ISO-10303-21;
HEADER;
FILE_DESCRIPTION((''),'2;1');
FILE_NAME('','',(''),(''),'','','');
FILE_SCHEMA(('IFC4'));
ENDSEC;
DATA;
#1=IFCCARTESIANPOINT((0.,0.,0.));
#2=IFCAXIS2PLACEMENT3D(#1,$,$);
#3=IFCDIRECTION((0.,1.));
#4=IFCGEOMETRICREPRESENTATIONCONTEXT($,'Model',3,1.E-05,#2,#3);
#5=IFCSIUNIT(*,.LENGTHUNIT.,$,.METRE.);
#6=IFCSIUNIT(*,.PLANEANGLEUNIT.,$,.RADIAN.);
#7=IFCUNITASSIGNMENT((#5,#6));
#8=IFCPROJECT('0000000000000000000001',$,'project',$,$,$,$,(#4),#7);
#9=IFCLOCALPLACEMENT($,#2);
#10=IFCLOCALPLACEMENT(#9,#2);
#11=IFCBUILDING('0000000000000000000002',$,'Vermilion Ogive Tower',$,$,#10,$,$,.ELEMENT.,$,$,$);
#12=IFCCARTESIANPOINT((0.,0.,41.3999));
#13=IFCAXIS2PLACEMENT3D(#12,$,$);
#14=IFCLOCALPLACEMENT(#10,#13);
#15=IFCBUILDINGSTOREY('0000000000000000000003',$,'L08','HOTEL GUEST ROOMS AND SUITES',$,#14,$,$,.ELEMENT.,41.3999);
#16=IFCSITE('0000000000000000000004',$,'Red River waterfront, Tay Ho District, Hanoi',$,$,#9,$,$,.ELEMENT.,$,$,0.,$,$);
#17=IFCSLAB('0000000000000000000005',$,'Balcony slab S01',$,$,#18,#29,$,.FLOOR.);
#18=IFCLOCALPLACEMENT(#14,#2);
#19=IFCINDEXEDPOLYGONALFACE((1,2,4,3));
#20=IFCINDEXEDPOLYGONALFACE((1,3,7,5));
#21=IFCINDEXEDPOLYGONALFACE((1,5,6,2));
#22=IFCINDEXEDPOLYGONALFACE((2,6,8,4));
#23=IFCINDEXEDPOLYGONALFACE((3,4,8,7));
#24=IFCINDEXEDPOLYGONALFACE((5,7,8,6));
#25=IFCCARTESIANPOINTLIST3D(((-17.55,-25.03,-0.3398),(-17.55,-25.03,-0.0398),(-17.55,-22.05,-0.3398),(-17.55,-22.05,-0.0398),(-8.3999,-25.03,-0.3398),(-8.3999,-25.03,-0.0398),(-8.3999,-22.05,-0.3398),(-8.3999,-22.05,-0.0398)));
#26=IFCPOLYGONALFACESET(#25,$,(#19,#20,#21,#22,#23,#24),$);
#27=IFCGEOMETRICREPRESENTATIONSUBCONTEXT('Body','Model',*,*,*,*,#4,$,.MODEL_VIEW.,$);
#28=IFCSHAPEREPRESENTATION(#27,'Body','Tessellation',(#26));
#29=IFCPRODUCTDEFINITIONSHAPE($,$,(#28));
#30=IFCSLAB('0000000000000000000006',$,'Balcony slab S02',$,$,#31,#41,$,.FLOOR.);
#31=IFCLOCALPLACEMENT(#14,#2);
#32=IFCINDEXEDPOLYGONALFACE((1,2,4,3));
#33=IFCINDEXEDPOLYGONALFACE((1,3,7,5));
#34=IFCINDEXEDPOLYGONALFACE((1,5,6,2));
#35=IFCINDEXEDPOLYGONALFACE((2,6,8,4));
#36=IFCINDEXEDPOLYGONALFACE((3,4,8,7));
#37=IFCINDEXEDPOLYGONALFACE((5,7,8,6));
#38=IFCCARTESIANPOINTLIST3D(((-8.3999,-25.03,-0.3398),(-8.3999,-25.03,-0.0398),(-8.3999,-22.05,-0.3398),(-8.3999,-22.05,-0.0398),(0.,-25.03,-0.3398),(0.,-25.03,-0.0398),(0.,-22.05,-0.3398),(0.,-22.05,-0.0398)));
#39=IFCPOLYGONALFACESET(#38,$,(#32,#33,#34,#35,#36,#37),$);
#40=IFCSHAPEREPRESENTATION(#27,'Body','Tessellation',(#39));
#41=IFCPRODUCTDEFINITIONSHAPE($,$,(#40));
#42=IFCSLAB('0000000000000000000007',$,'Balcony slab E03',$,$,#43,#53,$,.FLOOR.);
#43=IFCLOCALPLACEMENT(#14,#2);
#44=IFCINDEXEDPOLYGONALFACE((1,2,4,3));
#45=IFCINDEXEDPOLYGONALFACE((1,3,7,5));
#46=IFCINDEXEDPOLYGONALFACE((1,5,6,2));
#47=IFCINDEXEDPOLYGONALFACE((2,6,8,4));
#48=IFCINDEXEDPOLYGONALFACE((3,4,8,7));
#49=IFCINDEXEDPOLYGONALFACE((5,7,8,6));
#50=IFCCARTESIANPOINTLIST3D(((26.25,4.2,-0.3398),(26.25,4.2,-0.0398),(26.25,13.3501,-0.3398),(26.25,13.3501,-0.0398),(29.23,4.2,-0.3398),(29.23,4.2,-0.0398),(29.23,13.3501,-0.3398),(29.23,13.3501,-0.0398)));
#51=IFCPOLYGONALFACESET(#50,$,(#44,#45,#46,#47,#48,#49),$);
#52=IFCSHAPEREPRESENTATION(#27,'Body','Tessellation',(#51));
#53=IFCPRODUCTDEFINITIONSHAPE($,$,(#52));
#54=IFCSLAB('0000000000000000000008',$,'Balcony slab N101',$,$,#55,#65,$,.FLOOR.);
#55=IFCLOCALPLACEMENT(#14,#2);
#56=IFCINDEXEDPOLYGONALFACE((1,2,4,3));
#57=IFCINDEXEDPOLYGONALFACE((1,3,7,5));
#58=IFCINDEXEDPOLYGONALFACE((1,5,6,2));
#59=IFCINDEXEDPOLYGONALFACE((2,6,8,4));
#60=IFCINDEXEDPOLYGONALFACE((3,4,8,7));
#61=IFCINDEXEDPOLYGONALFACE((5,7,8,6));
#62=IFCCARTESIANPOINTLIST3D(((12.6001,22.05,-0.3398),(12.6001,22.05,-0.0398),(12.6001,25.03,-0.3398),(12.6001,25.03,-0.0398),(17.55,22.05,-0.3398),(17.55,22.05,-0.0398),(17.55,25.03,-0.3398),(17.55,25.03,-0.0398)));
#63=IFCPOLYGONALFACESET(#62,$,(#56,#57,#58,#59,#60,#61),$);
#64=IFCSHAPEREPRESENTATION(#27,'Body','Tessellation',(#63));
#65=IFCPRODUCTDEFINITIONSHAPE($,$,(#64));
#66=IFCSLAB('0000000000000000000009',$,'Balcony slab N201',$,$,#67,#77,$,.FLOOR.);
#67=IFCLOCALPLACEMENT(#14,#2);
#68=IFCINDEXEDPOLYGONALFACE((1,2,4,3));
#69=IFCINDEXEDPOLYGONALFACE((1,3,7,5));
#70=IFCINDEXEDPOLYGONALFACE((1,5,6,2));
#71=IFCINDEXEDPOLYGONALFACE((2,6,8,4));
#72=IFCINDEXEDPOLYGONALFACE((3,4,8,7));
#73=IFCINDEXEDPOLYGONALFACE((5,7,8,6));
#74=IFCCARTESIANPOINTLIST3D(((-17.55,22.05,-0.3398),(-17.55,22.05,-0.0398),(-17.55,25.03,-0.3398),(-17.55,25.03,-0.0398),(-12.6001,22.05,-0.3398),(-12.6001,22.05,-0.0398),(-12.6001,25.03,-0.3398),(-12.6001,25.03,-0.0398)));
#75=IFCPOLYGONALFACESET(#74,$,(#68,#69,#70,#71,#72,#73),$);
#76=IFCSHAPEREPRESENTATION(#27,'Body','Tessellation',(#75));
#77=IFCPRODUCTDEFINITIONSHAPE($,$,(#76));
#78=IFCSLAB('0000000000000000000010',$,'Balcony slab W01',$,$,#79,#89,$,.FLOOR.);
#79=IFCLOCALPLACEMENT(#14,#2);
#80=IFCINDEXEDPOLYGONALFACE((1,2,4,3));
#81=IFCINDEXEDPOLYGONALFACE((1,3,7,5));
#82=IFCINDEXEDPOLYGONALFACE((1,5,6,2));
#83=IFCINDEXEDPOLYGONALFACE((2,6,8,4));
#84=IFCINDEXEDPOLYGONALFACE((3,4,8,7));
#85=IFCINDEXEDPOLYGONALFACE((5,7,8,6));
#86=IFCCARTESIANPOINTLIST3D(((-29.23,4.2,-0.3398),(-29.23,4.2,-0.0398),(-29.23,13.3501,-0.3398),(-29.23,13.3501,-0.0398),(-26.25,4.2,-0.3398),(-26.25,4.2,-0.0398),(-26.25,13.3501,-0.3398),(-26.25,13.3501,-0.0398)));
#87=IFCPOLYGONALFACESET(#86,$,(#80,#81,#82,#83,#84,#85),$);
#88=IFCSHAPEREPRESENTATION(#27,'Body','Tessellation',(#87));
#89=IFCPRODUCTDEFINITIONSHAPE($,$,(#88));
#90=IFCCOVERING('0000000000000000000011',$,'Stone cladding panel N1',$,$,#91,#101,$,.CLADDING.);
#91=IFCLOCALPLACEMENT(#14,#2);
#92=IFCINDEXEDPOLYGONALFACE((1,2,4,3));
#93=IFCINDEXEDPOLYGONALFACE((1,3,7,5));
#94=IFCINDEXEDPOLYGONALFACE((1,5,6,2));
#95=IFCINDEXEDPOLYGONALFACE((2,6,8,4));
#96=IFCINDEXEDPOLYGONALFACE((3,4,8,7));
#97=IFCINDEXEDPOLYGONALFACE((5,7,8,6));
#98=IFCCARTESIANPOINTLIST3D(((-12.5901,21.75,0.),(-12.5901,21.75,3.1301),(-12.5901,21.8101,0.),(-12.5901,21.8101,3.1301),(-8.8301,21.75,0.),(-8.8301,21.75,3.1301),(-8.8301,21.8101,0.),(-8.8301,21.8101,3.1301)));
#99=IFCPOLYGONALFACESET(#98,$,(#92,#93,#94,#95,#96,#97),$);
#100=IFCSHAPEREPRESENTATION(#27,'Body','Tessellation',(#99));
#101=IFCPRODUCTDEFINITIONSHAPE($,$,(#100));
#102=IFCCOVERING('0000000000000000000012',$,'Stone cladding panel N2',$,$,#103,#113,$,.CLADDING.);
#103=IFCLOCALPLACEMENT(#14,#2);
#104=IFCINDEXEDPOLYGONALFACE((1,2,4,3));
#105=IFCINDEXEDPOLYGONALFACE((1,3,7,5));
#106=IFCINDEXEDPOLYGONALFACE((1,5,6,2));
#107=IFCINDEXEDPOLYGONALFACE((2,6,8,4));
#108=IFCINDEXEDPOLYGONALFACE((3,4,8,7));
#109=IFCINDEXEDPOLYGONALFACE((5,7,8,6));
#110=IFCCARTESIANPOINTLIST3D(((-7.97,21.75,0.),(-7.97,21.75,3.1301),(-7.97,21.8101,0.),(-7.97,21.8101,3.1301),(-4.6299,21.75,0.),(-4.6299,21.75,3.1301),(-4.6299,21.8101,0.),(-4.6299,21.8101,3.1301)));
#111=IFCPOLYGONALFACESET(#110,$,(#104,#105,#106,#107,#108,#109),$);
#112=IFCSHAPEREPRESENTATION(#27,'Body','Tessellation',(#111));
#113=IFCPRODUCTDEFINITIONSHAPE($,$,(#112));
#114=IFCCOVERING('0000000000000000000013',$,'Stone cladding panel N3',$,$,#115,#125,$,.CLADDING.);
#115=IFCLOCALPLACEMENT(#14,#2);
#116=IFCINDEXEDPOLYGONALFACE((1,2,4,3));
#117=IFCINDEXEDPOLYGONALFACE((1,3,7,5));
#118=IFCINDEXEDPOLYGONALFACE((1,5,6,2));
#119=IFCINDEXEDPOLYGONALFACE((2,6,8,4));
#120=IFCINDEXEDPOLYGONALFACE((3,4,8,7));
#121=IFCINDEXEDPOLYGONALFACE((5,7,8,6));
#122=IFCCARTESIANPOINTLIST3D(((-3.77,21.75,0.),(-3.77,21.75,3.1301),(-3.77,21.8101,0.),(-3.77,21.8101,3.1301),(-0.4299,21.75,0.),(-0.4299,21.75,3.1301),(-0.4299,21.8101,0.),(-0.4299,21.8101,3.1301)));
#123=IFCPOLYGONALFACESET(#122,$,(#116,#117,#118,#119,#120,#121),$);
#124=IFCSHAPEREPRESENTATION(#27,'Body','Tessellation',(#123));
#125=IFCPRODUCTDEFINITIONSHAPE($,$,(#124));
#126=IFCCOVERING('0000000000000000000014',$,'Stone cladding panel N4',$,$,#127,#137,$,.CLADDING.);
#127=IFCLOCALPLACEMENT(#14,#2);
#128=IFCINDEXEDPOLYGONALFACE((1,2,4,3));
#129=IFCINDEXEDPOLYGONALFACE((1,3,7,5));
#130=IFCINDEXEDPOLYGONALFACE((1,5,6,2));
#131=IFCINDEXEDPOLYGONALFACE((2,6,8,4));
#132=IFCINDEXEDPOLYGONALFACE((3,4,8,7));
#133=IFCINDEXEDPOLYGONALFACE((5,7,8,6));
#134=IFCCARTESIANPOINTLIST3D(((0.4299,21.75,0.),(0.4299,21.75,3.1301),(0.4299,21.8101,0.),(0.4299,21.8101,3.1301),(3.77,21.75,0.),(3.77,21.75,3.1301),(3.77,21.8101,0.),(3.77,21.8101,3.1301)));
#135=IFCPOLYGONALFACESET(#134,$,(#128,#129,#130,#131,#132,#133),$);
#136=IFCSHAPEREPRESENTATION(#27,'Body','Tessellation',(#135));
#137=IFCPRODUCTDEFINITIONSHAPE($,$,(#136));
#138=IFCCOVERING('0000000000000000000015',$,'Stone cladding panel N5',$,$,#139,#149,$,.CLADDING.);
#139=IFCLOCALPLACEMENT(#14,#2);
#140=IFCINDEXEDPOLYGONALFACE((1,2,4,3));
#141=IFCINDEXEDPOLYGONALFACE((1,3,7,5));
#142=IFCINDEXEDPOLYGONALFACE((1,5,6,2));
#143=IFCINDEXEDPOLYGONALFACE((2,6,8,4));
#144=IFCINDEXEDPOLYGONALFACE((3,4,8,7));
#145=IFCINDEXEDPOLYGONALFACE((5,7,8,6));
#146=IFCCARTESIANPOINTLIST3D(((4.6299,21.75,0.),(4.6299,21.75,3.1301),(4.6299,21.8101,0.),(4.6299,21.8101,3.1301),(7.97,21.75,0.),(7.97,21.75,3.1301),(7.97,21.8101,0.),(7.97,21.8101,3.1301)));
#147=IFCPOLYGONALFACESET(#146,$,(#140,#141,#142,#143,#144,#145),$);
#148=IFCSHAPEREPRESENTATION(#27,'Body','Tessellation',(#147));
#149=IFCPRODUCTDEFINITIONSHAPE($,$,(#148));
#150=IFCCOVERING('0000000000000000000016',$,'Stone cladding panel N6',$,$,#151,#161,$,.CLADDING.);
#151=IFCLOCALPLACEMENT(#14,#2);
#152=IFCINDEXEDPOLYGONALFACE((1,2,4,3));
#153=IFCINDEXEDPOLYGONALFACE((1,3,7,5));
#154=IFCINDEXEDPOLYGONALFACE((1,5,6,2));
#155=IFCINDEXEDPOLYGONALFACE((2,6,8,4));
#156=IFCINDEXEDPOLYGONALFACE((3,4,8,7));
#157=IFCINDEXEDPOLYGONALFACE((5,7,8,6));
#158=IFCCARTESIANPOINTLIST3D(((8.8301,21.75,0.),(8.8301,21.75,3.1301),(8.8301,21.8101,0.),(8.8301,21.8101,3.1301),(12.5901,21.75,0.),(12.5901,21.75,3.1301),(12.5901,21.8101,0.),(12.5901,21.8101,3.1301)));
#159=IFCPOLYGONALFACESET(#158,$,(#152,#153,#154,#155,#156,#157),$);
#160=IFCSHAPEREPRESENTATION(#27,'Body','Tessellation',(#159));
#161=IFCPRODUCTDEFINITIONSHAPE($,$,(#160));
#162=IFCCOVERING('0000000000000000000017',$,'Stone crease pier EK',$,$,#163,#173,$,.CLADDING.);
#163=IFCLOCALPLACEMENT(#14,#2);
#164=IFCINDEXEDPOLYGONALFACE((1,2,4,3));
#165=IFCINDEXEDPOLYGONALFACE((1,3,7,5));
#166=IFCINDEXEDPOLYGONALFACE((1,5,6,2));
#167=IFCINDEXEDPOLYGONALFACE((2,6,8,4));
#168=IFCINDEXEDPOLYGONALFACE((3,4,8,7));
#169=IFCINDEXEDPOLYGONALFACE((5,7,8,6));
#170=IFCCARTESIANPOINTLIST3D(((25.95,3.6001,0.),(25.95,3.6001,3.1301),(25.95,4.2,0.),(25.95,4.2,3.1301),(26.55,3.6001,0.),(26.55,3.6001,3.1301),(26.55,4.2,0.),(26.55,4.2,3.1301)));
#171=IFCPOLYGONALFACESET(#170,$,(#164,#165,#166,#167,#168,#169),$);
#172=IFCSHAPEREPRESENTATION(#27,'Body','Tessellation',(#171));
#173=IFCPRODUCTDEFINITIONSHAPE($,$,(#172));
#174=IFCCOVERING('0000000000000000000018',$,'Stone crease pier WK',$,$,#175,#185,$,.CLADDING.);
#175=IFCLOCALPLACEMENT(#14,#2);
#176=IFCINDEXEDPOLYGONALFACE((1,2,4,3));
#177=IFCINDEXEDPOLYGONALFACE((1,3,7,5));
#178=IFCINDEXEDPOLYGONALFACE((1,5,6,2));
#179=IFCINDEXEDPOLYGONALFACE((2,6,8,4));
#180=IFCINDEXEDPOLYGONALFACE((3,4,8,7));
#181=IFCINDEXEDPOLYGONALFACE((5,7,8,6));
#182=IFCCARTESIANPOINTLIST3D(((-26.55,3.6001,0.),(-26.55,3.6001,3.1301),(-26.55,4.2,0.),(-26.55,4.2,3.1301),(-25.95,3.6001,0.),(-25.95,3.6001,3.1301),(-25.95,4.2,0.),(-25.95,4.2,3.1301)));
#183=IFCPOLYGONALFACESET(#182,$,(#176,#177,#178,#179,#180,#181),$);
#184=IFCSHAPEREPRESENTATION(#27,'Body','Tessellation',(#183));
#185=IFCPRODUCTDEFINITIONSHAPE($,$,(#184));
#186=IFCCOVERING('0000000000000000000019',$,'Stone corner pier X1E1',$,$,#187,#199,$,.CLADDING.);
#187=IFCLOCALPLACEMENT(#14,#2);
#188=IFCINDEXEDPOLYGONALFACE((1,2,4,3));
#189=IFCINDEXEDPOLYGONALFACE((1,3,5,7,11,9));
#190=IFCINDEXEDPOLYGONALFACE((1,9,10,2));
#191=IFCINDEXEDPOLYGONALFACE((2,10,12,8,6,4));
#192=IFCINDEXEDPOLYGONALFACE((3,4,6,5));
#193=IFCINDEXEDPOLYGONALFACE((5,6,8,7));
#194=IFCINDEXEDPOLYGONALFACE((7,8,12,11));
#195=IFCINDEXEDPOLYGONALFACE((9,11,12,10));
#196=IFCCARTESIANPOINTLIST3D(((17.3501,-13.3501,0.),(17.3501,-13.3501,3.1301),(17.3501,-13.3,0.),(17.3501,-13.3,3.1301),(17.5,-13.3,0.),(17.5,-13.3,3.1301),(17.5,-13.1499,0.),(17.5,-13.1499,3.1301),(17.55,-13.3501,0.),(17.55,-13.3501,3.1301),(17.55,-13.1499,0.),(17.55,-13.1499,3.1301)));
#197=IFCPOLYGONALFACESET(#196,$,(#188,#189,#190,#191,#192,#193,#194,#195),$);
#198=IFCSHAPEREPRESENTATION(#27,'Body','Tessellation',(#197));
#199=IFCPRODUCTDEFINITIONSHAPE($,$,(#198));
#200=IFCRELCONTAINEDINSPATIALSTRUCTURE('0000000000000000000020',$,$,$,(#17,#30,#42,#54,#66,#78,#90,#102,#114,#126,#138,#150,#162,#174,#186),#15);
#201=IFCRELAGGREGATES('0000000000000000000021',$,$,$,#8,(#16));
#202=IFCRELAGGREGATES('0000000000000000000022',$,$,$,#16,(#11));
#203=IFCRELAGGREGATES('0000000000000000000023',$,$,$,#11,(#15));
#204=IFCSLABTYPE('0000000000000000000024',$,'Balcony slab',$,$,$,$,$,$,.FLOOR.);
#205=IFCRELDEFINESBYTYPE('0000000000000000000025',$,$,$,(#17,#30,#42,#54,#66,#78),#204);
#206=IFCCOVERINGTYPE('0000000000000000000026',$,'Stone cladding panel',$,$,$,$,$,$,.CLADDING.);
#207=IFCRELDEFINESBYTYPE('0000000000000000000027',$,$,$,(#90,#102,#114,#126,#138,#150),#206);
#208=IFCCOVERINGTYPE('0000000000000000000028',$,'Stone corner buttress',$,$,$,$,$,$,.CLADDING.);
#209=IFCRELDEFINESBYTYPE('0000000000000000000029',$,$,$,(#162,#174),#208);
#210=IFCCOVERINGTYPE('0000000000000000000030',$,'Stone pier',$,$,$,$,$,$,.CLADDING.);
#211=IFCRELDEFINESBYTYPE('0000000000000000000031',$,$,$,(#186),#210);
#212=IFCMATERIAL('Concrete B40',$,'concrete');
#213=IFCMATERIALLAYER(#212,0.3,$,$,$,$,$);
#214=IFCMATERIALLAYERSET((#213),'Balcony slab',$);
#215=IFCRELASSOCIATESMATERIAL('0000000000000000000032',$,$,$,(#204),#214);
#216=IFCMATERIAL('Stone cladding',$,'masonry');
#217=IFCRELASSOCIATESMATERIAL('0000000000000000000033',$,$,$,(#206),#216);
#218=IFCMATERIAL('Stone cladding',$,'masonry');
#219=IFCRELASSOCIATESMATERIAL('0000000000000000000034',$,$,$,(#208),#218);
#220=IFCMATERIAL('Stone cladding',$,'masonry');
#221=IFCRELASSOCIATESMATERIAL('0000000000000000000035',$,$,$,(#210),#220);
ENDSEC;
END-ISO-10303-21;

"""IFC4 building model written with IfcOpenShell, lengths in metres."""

from ifc_helpers import new_model, si_unit, direction, frame, origin, place, context, subcontext, project, spatial, polyline, outline, extrude, material, layer, layer_set, type_object, element, save


model = new_model("IFC4")

# Units and contexts
model_context = context("Model", 3, precision=1e-05, world=origin(), true_north=direction((0.0, 1.0)))
body_context = subcontext(model_context, "Body", "Model", "MODEL_VIEW")
ifc_project = project(units=[si_unit("LENGTHUNIT", "METRE"), si_unit("PLANEANGLEUNIT", "RADIAN")], contexts=[model_context])

# Site, building, storey
site_placement = place(None, origin())
site = spatial("IfcSite", under=ifc_project, at=site_placement, Name="Red River waterfront, Tay Ho District, Hanoi", CompositionType="ELEMENT", RefElevation=0.0)
building_placement = place(site_placement, origin())
building = spatial("IfcBuilding", under=site, at=building_placement, Name="Vermilion Ogive Tower", CompositionType="ELEMENT")
storey_placement = place(building_placement, frame((0.0, 0.0, 41.3999)))
storey = spatial("IfcBuildingStorey", under=building, at=storey_placement, Name="L08", Description="HOTEL GUEST ROOMS AND SUITES", CompositionType="ELEMENT", Elevation=41.3999)

# Slabs
ifc_material_1 = material(Name="Concrete B40", Category="concrete")
ifc_layer = layer(ifc_material_1, 0.3)
ifc_layer_set = layer_set([ifc_layer], Name="Balcony slab")
slab_type = type_object("IfcSlabType", Name="Balcony slab", PredefinedType="FLOOR", material=ifc_layer_set)
slab_1_placement = place(storey_placement, frame((0.0, 0.0, -0.3398)))
element("IfcSlab", 1, at=slab_1_placement, inside=storey, type_object=slab_type, Name="Balcony slab S01", PredefinedType="FLOOR", context=body_context, shape_type="SweptSolid", body=[
    extrude(outline(polyline([(-17.55, -25.03), (-8.3999, -25.03), (-8.3999, -22.05), (-17.55, -22.05), (-17.55, -25.03)])), origin(), (0.0, 0.0, 1.0), 0.3),
])
slab_2_placement = place(storey_placement, frame((0.0, 0.0, -0.3398)))
element("IfcSlab", 2, at=slab_2_placement, inside=storey, type_object=slab_type, Name="Balcony slab S02", PredefinedType="FLOOR", context=body_context, shape_type="SweptSolid", body=[
    extrude(outline(polyline([(-8.3999, -25.03), (0.0, -25.03), (0.0, -22.05), (-8.3999, -22.05), (-8.3999, -25.03)])), origin(), (0.0, 0.0, 1.0), 0.3),
])
slab_3_placement = place(storey_placement, frame((0.0, 0.0, -0.3398)))
element("IfcSlab", 3, at=slab_3_placement, inside=storey, type_object=slab_type, Name="Balcony slab E03", PredefinedType="FLOOR", context=body_context, shape_type="SweptSolid", body=[
    extrude(outline(polyline([(29.23, 4.2), (29.23, 13.3501), (26.25, 13.3501), (26.25, 4.2), (29.23, 4.2)])), origin(), (0.0, 0.0, 1.0), 0.3),
])
slab_4_placement = place(storey_placement, frame((0.0, 0.0, -0.3398)))
element("IfcSlab", 4, at=slab_4_placement, inside=storey, type_object=slab_type, Name="Balcony slab N101", PredefinedType="FLOOR", context=body_context, shape_type="SweptSolid", body=[
    extrude(outline(polyline([(17.55, 25.03), (12.6001, 25.03), (12.6001, 22.05), (17.55, 22.05), (17.55, 25.03)])), origin(), (0.0, 0.0, 1.0), 0.3),
])
slab_5_placement = place(storey_placement, frame((0.0, 0.0, -0.3398)))
element("IfcSlab", 5, at=slab_5_placement, inside=storey, type_object=slab_type, Name="Balcony slab N201", PredefinedType="FLOOR", context=body_context, shape_type="SweptSolid", body=[
    extrude(outline(polyline([(-12.6001, 25.03), (-17.55, 25.03), (-17.55, 22.05), (-12.6001, 22.05), (-12.6001, 25.03)])), origin(), (0.0, 0.0, 1.0), 0.3),
])
slab_6_placement = place(storey_placement, frame((0.0, 0.0, -0.3398)))
element("IfcSlab", 6, at=slab_6_placement, inside=storey, type_object=slab_type, Name="Balcony slab W01", PredefinedType="FLOOR", context=body_context, shape_type="SweptSolid", body=[
    extrude(outline(polyline([(-29.23, 13.3501), (-29.23, 4.2), (-26.25, 4.2), (-26.25, 13.3501), (-29.23, 13.3501)])), origin(), (0.0, 0.0, 1.0), 0.3),
])

# Coverings
ifc_material_2 = material(Name="Stone cladding", Category="masonry")
covering_type_1 = type_object("IfcCoveringType", Name="Stone cladding panel", PredefinedType="CLADDING", material=ifc_material_2)
covering_1_placement = place(storey_placement, origin())
element("IfcCovering", 7, at=covering_1_placement, inside=storey, type_object=covering_type_1, Name="Stone cladding panel N1", PredefinedType="CLADDING", context=body_context, shape_type="SweptSolid", body=[
    extrude(outline(polyline([(-12.5901, 21.75), (-8.8301, 21.75), (-8.8301, 21.8101), (-12.5901, 21.8101), (-12.5901, 21.75)])), origin(), (0.0, 0.0, 1.0), 3.1301),
])
covering_2_placement = place(storey_placement, origin())
element("IfcCovering", 8, at=covering_2_placement, inside=storey, type_object=covering_type_1, Name="Stone cladding panel N2", PredefinedType="CLADDING", context=body_context, shape_type="SweptSolid", body=[
    extrude(outline(polyline([(-7.97, 21.75), (-4.6299, 21.75), (-4.6299, 21.8101), (-7.97, 21.8101), (-7.97, 21.75)])), origin(), (0.0, 0.0, 1.0), 3.1301),
])
covering_3_placement = place(storey_placement, origin())
element("IfcCovering", 9, at=covering_3_placement, inside=storey, type_object=covering_type_1, Name="Stone cladding panel N3", PredefinedType="CLADDING", context=body_context, shape_type="SweptSolid", body=[
    extrude(outline(polyline([(-3.77, 21.75), (-0.4299, 21.75), (-0.4299, 21.8101), (-3.77, 21.8101), (-3.77, 21.75)])), origin(), (0.0, 0.0, 1.0), 3.1301),
])
covering_4_placement = place(storey_placement, origin())
element("IfcCovering", 10, at=covering_4_placement, inside=storey, type_object=covering_type_1, Name="Stone cladding panel N4", PredefinedType="CLADDING", context=body_context, shape_type="SweptSolid", body=[
    extrude(outline(polyline([(0.4299, 21.75), (3.77, 21.75), (3.77, 21.8101), (0.4299, 21.8101), (0.4299, 21.75)])), origin(), (0.0, 0.0, 1.0), 3.1301),
])
covering_5_placement = place(storey_placement, origin())
element("IfcCovering", 11, at=covering_5_placement, inside=storey, type_object=covering_type_1, Name="Stone cladding panel N5", PredefinedType="CLADDING", context=body_context, shape_type="SweptSolid", body=[
    extrude(outline(polyline([(4.6299, 21.75), (7.97, 21.75), (7.97, 21.8101), (4.6299, 21.8101), (4.6299, 21.75)])), origin(), (0.0, 0.0, 1.0), 3.1301),
])
covering_6_placement = place(storey_placement, origin())
element("IfcCovering", 12, at=covering_6_placement, inside=storey, type_object=covering_type_1, Name="Stone cladding panel N6", PredefinedType="CLADDING", context=body_context, shape_type="SweptSolid", body=[
    extrude(outline(polyline([(8.8301, 21.75), (12.5901, 21.75), (12.5901, 21.8101), (8.8301, 21.8101), (8.8301, 21.75)])), origin(), (0.0, 0.0, 1.0), 3.1301),
])
ifc_material_3 = material(Name="Stone cladding", Category="masonry")
covering_type_2 = type_object("IfcCoveringType", Name="Stone corner buttress", PredefinedType="CLADDING", material=ifc_material_3)
covering_7_placement = place(storey_placement, origin())
element("IfcCovering", 13, at=covering_7_placement, inside=storey, type_object=covering_type_2, Name="Stone crease pier EK", PredefinedType="CLADDING", context=body_context, shape_type="SweptSolid", body=[
    extrude(outline(polyline([(26.55, 3.6001), (26.55, 4.2), (25.95, 4.2), (25.95, 3.6001), (26.55, 3.6001)])), origin(), (0.0, 0.0, 1.0), 3.1301),
])
covering_8_placement = place(storey_placement, origin())
element("IfcCovering", 14, at=covering_8_placement, inside=storey, type_object=covering_type_2, Name="Stone crease pier WK", PredefinedType="CLADDING", context=body_context, shape_type="SweptSolid", body=[
    extrude(outline(polyline([(-26.55, 4.2), (-26.55, 3.6001), (-25.95, 3.6001), (-25.95, 4.2), (-26.55, 4.2)])), origin(), (0.0, 0.0, 1.0), 3.1301),
])
ifc_material_4 = material(Name="Stone cladding", Category="masonry")
covering_type_3 = type_object("IfcCoveringType", Name="Stone pier", PredefinedType="CLADDING", material=ifc_material_4)
covering_9_placement = place(storey_placement, origin())
element("IfcCovering", 15, at=covering_9_placement, inside=storey, type_object=covering_type_3, Name="Stone corner pier X1E1", PredefinedType="CLADDING", context=body_context, shape_type="SweptSolid", body=[
    extrude(outline(polyline([(17.3501, -13.3), (17.5, -13.3), (17.5, -13.1499), (17.55, -13.1499), (17.55, -13.3501), (17.3501, -13.3501), (17.3501, -13.3)])), origin(), (0.0, 0.0, 1.0), 3.1301),
])

save(model, "model.ifc")
